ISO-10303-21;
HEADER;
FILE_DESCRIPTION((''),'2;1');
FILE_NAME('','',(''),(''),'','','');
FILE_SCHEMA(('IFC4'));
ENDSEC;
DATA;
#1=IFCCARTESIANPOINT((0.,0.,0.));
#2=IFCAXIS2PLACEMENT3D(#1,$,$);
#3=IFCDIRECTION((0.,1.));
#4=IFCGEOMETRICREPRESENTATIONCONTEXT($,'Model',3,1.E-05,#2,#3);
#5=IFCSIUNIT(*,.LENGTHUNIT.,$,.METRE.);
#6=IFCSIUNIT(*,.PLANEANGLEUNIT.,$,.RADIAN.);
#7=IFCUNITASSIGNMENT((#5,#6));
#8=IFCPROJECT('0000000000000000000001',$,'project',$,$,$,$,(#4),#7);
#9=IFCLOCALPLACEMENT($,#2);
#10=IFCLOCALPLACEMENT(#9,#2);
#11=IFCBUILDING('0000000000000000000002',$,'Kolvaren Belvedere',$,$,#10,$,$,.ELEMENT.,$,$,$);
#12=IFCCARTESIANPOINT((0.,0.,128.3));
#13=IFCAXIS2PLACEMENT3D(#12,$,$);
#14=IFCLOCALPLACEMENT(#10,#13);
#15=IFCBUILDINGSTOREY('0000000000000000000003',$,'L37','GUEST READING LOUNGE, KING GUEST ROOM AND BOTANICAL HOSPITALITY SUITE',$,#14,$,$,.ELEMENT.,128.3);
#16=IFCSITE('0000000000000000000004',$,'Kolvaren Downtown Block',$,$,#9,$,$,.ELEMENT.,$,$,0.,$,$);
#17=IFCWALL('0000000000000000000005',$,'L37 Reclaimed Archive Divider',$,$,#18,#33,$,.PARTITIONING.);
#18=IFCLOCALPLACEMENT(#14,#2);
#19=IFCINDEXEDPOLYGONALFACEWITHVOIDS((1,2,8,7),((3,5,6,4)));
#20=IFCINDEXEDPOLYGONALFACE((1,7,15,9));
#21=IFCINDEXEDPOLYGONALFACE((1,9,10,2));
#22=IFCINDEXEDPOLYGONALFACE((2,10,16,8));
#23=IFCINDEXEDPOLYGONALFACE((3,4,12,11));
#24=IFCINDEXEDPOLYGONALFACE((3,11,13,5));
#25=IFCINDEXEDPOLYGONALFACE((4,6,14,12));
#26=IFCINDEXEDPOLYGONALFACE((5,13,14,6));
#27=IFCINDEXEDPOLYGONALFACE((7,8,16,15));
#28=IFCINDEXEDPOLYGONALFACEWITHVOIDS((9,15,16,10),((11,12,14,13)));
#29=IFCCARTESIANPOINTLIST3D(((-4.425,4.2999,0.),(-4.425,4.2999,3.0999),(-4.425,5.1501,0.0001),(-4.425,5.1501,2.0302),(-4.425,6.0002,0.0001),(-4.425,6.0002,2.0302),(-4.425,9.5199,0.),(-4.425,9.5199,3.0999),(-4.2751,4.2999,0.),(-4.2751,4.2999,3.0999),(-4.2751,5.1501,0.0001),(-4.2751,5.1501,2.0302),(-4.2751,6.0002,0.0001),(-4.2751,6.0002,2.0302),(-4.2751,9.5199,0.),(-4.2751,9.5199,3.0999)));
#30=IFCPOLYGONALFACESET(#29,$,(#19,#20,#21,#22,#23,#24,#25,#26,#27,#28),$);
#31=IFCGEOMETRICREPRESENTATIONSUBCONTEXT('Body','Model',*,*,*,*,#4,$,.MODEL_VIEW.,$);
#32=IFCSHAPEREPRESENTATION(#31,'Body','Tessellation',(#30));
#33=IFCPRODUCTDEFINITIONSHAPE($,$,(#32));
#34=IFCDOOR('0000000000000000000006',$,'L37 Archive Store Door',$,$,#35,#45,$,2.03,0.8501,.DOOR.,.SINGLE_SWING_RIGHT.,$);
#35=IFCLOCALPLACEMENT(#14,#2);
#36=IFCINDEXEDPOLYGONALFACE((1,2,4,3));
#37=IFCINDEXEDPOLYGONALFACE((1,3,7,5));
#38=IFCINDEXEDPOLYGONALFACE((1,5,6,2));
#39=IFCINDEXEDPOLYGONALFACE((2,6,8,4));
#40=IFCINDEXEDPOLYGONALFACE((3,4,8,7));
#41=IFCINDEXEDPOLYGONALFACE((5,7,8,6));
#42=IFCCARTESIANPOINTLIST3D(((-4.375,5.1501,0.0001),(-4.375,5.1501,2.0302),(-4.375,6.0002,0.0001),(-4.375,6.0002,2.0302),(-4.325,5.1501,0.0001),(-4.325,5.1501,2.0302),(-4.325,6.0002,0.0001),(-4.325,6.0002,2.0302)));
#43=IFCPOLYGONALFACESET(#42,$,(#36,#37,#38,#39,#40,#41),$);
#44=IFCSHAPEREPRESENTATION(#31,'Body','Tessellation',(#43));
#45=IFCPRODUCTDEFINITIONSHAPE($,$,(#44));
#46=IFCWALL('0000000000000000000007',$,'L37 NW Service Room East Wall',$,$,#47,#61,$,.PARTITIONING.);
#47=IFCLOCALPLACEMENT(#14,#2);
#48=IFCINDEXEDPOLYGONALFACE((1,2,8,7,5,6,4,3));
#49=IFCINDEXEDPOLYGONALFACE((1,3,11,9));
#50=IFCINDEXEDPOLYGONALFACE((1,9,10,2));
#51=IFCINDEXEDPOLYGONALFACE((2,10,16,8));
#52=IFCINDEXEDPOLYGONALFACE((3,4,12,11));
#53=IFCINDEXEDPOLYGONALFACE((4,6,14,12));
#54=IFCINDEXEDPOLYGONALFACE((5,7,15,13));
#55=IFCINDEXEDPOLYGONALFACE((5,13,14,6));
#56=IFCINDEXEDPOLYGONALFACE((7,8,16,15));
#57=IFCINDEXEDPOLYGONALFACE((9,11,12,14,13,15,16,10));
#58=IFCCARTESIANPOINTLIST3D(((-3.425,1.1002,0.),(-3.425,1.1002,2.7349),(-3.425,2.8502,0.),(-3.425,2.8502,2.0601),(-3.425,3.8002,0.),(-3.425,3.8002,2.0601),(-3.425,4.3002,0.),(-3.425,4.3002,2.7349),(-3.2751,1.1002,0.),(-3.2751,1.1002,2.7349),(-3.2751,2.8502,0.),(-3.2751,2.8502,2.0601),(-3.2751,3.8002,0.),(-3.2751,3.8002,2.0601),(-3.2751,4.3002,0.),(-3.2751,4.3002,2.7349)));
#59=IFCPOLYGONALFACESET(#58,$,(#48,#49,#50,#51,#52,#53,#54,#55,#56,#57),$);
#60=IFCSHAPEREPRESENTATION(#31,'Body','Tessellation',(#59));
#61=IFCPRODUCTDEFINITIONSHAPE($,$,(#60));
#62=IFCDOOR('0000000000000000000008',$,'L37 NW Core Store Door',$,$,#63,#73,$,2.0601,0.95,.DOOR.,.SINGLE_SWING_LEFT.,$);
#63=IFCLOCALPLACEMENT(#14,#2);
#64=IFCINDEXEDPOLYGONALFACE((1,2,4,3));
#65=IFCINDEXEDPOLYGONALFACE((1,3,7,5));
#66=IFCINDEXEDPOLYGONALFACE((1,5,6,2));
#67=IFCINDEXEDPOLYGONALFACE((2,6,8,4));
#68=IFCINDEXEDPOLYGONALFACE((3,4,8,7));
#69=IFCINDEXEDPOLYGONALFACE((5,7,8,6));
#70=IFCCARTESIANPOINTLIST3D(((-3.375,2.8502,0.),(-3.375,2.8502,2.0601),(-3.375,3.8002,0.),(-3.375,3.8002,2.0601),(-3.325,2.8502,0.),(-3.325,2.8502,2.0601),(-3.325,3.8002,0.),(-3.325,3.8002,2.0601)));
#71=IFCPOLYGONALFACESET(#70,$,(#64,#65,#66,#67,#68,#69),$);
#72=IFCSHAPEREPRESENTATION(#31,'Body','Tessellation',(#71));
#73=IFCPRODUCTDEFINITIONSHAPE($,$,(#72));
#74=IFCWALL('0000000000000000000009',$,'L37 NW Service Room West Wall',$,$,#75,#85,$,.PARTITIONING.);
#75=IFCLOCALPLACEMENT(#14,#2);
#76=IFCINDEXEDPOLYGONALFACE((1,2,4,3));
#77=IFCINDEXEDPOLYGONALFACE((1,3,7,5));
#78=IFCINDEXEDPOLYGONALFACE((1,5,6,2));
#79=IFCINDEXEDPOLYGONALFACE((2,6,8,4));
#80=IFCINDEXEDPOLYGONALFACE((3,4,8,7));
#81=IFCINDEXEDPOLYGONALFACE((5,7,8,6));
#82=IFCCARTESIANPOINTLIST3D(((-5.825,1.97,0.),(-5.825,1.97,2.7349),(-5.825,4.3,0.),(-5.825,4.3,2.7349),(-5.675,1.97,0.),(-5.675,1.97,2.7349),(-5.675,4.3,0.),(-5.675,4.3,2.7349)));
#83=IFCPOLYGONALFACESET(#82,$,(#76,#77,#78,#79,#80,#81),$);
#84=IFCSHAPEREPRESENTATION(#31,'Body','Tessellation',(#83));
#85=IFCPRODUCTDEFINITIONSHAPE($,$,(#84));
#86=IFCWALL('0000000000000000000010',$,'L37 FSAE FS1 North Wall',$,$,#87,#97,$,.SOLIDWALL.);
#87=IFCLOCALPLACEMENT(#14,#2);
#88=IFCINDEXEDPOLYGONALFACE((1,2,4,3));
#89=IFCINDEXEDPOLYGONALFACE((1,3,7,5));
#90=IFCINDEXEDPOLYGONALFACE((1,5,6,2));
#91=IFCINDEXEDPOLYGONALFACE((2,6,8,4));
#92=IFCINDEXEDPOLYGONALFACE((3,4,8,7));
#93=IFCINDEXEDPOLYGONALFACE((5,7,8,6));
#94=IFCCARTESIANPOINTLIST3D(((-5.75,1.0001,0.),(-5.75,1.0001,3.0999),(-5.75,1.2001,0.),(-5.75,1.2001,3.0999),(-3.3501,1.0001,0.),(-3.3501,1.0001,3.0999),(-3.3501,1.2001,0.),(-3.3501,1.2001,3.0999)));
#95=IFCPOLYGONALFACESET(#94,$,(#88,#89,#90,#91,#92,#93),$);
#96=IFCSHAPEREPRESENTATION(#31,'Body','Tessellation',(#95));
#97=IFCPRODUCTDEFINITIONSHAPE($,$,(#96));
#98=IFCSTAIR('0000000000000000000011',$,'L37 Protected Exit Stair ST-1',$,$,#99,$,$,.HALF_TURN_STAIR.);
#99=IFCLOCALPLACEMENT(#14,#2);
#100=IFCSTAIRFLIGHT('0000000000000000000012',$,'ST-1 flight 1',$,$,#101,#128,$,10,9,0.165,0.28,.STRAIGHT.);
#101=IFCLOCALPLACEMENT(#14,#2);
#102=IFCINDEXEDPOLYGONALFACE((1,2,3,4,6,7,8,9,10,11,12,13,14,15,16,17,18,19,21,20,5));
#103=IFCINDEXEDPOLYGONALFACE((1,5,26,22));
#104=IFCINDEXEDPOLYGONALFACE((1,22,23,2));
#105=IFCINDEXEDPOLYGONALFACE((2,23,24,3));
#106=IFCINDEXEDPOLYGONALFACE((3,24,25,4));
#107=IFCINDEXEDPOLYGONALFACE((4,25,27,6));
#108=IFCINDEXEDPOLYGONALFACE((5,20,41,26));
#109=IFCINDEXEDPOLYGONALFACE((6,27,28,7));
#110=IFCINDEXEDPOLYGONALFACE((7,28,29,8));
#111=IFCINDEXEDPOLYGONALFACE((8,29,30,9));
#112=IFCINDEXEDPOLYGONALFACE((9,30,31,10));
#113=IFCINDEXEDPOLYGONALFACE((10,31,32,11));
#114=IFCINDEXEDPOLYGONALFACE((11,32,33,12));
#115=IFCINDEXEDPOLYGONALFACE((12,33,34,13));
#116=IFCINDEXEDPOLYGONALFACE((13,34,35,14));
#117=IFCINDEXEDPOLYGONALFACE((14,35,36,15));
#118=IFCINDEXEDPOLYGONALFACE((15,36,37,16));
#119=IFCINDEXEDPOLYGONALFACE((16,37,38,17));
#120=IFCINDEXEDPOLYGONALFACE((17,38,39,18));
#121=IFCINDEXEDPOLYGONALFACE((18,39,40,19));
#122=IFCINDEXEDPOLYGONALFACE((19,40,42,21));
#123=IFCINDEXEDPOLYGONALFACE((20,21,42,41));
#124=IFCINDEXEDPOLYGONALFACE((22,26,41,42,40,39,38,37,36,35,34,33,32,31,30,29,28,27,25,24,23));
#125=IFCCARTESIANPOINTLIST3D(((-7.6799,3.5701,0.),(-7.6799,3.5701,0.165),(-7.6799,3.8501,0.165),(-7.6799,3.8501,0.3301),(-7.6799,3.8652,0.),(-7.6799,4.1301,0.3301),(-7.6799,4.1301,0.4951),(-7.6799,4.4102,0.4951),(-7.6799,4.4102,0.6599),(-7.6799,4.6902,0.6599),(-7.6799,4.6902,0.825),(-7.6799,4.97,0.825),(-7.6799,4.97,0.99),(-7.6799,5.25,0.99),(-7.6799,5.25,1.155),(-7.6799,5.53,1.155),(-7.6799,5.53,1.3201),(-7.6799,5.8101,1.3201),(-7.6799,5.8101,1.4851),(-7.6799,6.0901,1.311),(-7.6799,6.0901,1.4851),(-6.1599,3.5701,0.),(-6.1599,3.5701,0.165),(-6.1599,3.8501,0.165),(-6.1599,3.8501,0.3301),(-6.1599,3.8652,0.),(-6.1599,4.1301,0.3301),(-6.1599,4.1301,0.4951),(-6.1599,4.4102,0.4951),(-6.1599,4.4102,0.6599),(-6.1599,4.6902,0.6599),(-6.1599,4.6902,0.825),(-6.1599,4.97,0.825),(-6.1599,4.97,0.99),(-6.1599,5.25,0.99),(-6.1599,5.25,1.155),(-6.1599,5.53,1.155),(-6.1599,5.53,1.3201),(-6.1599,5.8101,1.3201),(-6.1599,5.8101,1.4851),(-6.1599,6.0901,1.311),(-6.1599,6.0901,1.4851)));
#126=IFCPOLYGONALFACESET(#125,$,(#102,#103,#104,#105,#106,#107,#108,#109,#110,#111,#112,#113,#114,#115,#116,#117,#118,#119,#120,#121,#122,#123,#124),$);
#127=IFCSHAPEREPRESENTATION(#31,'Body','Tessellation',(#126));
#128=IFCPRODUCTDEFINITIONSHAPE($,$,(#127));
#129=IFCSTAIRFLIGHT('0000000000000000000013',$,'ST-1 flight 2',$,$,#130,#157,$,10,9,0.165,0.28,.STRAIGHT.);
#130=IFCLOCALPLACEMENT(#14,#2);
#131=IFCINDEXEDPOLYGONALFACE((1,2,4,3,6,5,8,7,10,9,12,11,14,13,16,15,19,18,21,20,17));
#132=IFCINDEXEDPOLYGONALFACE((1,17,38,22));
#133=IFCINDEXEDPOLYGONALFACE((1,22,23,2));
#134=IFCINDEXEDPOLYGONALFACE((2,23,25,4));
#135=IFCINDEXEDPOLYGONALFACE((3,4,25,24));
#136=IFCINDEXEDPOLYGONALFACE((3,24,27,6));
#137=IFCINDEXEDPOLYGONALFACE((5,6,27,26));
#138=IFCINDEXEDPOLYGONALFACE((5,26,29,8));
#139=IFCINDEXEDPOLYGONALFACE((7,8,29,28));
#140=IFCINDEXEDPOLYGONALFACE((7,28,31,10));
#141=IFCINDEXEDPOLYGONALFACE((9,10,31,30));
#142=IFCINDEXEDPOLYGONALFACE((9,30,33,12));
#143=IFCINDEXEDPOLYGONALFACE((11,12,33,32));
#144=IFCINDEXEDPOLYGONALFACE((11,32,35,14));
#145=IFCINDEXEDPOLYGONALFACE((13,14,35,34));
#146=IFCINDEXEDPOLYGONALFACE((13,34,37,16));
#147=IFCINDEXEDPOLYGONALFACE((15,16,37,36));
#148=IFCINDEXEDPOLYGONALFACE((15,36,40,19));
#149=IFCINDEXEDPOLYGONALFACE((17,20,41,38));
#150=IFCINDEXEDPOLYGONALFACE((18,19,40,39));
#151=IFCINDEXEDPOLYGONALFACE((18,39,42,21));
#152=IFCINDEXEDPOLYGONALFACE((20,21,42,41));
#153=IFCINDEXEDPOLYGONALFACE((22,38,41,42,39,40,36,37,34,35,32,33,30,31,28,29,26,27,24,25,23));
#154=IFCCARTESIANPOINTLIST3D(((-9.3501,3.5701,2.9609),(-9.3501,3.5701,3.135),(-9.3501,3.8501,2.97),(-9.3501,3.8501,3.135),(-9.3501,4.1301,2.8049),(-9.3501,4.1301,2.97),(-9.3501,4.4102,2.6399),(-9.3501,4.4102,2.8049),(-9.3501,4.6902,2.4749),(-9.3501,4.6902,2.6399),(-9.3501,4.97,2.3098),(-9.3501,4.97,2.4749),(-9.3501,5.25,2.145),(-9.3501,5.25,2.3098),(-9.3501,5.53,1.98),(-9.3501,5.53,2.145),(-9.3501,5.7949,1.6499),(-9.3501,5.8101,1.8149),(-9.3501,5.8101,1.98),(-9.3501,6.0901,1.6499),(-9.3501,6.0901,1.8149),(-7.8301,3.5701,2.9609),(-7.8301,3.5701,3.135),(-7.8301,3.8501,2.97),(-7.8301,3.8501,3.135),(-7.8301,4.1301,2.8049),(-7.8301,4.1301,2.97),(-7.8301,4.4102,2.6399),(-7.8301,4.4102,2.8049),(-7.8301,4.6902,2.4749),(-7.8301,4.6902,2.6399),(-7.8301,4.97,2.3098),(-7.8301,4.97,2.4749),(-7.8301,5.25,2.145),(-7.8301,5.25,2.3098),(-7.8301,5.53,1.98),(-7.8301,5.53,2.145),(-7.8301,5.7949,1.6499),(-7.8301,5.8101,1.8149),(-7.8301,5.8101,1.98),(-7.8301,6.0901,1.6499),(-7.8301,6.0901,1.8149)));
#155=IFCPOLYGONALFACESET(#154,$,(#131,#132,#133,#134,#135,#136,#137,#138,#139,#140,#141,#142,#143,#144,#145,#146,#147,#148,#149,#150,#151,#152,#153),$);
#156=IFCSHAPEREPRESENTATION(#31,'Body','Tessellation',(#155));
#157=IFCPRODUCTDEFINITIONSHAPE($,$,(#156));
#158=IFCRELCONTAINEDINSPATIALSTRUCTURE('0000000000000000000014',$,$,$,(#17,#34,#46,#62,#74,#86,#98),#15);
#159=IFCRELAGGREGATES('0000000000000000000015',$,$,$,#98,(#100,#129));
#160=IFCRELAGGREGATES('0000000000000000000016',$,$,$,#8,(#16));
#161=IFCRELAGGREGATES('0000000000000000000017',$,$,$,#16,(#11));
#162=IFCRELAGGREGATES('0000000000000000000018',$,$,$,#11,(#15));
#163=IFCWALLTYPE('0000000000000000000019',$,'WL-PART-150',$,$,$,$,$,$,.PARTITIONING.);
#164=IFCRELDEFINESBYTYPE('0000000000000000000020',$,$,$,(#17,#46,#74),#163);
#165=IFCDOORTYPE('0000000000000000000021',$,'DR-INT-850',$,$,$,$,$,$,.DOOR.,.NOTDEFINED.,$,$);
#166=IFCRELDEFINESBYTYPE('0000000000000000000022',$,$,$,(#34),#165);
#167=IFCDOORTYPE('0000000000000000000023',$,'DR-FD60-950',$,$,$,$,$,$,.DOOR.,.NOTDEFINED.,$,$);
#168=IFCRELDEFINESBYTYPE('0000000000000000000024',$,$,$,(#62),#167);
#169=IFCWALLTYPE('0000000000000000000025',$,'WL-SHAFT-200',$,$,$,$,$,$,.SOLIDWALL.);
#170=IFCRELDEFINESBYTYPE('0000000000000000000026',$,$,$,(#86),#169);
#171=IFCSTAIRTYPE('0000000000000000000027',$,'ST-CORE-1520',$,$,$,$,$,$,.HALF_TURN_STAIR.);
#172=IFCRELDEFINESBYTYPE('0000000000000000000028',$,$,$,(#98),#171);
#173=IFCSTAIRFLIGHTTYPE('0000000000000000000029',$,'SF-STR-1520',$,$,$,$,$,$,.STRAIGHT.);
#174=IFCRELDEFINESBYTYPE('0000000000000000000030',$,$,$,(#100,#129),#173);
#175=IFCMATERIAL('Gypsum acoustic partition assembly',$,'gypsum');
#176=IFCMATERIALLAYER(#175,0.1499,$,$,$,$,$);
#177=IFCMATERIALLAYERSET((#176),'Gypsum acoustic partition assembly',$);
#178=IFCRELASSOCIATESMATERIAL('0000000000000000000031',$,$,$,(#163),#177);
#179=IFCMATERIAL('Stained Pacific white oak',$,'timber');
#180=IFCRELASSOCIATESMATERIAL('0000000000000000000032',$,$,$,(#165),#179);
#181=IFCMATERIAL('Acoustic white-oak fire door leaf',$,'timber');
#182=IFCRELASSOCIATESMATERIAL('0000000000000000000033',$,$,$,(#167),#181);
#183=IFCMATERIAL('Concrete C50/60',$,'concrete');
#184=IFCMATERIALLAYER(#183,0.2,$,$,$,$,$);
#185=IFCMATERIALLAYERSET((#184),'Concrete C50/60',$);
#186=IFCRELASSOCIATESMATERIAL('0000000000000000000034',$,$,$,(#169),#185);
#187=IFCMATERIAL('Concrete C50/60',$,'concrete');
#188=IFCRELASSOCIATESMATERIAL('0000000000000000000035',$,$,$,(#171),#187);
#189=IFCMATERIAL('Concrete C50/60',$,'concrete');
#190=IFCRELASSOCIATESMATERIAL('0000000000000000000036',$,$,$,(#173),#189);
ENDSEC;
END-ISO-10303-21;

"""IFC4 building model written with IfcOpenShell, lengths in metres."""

from ifc_helpers import new_model, si_unit, direction, frame, frame_2d, origin, place, context, subcontext, project, spatial, polyline, rectangle, outline, extrude, material, layer, layer_set, type_object, element, fill, aggregate, save


model = new_model("IFC4")

# Units and contexts
model_context = context("Model", 3, precision=1e-05, world=origin(), true_north=direction((0.0, 1.0)))
body_context = subcontext(model_context, "Body", "Model", "MODEL_VIEW")
ifc_project = project(units=[si_unit("LENGTHUNIT", "METRE"), si_unit("PLANEANGLEUNIT", "RADIAN")], contexts=[model_context])

# Site, building, storey
site_placement = place(None, origin())
site = spatial("IfcSite", under=ifc_project, at=site_placement, Name="Kolvaren Downtown Block", CompositionType="ELEMENT", RefElevation=0.0)
building_placement = place(site_placement, origin())
building = spatial("IfcBuilding", under=site, at=building_placement, Name="Kolvaren Belvedere", CompositionType="ELEMENT")
storey_placement = place(building_placement, frame((0.0, 0.0, 128.3)))
storey = spatial("IfcBuildingStorey", under=building, at=storey_placement, Name="L37", Description="GUEST READING LOUNGE, KING GUEST ROOM AND BOTANICAL HOSPITALITY SUITE", CompositionType="ELEMENT", Elevation=128.3)

# Shared definitions
ifc_material_1 = material(Name="Gypsum acoustic partition assembly", Category="gypsum")
ifc_layer_1 = layer(ifc_material_1, 0.1499)
ifc_layer_set_1 = layer_set([ifc_layer_1], Name="Gypsum acoustic partition assembly")
wall_type_1 = type_object("IfcWallType", Name="WL-PART-150", PredefinedType="PARTITIONING", material=ifc_layer_set_1)

# Walls, openings, doors
wall_1_placement = place(storey_placement, frame((-4.3501, 4.3, 0.0), z_axis=(0.0, 0.0, 1.0), x_axis=(0.0, 1.0, 0.0)))
wall_1 = element("IfcWall", 1, at=wall_1_placement, inside=storey, type_object=wall_type_1, Name="L37 Reclaimed Archive Divider", PredefinedType="PARTITIONING", context=body_context, shape_type="SweptSolid", body=[
    extrude(rectangle(XDim=5.22, YDim=0.1499, at=frame_2d((2.6099, 0.0))), origin(), (0.0, 0.0, 1.0), 3.0999),
])
opening_1_placement = place(wall_1_placement, frame((0.8501, 0.0, 0.0)))
opening_1 = element("IfcOpeningElement", 2, at=opening_1_placement, cuts=wall_1, PredefinedType="OPENING", context=body_context, shape_type="SweptSolid", body=[
    extrude(rectangle(XDim=0.8501, YDim=2.03, at=frame_2d((0.425, 1.0151))), frame((0.0, 0.085, 0.0), z_axis=(0.0, -1.0, 0.0), x_axis=(1.0, 0.0, 0.0)), (0.0, 0.0, 1.0), 0.1699),
])
ifc_material_2 = material(Name="Stained Pacific white oak", Category="timber")
door_type_1 = type_object("IfcDoorType", Name="DR-INT-850", OperationType="NOTDEFINED", PredefinedType="DOOR", material=ifc_material_2)
door_1_placement = place(opening_1_placement, origin())
door_1 = element("IfcDoor", 3, at=door_1_placement, inside=storey, type_object=door_type_1, Name="L37 Archive Store Door", OperationType="SINGLE_SWING_RIGHT", OverallHeight=2.03, OverallWidth=0.8501, PredefinedType="DOOR", context=body_context, shape_type="SweptSolid", body=[
    extrude(rectangle(XDim=0.8501, YDim=2.03, at=frame_2d((0.425, 1.0151))), frame((0.0, 0.0249, 0.0), z_axis=(0.0, -1.0, 0.0), x_axis=(1.0, 0.0, 0.0)), (0.0, 0.0, 1.0), 0.05),
])
fill(opening_1, door_1)
wall_2_placement = place(storey_placement, frame((-3.3501, 1.1001, 0.0), z_axis=(0.0, 0.0, 1.0), x_axis=(0.0, 1.0, 0.0)))
wall_2 = element("IfcWall", 4, at=wall_2_placement, inside=storey, type_object=wall_type_1, Name="L37 NW Service Room East Wall", PredefinedType="PARTITIONING", context=body_context, shape_type="SweptSolid", body=[
    extrude(rectangle(XDim=3.2, YDim=0.1499, at=frame_2d((1.6001, 0.0))), origin(), (0.0, 0.0, 1.0), 2.7349),
])
opening_2_placement = place(wall_2_placement, frame((1.75, 0.0, 0.0)))
opening_2 = element("IfcOpeningElement", 5, at=opening_2_placement, cuts=wall_2, PredefinedType="OPENING", context=body_context, shape_type="SweptSolid", body=[
    extrude(rectangle(XDim=0.95, YDim=2.0601, at=frame_2d((0.4751, 1.03))), frame((0.0, 0.085, 0.0), z_axis=(0.0, -1.0, 0.0), x_axis=(1.0, 0.0, 0.0)), (0.0, 0.0, 1.0), 0.1699),
])
ifc_material_3 = material(Name="Acoustic white-oak fire door leaf", Category="timber")
door_type_2 = type_object("IfcDoorType", Name="DR-FD60-950", OperationType="NOTDEFINED", PredefinedType="DOOR", material=ifc_material_3)
door_2_placement = place(opening_2_placement, origin())
door_2 = element("IfcDoor", 6, at=door_2_placement, inside=storey, type_object=door_type_2, Name="L37 NW Core Store Door", OperationType="SINGLE_SWING_LEFT", OverallHeight=2.0601, OverallWidth=0.95, PredefinedType="DOOR", context=body_context, shape_type="SweptSolid", body=[
    extrude(rectangle(XDim=0.95, YDim=2.0601, at=frame_2d((0.4751, 1.03))), frame((0.0, 0.0249, 0.0), z_axis=(0.0, -1.0, 0.0), x_axis=(1.0, 0.0, 0.0)), (0.0, 0.0, 1.0), 0.05),
])
fill(opening_2, door_2)

# Walls
wall_3_placement = place(storey_placement, frame((-5.75, 1.97, 0.0), z_axis=(0.0, 0.0, 1.0), x_axis=(0.0, 1.0, 0.0)))
element("IfcWall", 7, at=wall_3_placement, inside=storey, type_object=wall_type_1, Name="L37 NW Service Room West Wall", PredefinedType="PARTITIONING", context=body_context, shape_type="SweptSolid", body=[
    extrude(rectangle(XDim=2.3301, YDim=0.1499, at=frame_2d((1.165, 0.0))), origin(), (0.0, 0.0, 1.0), 2.7349),
])
ifc_material_4 = material(Name="Concrete C50/60", Category="concrete")
ifc_layer_2 = layer(ifc_material_4, 0.2)
ifc_layer_set_2 = layer_set([ifc_layer_2], Name="Concrete C50/60")
wall_type_2 = type_object("IfcWallType", Name="WL-SHAFT-200", PredefinedType="SOLIDWALL", material=ifc_layer_set_2)
wall_4_placement = place(storey_placement, frame((-5.75, 1.1001, 0.0), z_axis=(0.0, 0.0, 1.0), x_axis=(1.0, 0.0, 0.0)))
element("IfcWall", 8, at=wall_4_placement, inside=storey, type_object=wall_type_2, Name="L37 FSAE FS1 North Wall", PredefinedType="SOLIDWALL", context=body_context, shape_type="SweptSolid", body=[
    extrude(rectangle(XDim=2.3999, YDim=0.2, at=frame_2d((1.2, 0.0))), origin(), (0.0, 0.0, 1.0), 3.0999),
])

# Stair, stair flights
ifc_material_5 = material(Name="Concrete C50/60", Category="concrete")
stair_type = type_object("IfcStairType", Name="ST-CORE-1520", PredefinedType="HALF_TURN_STAIR", material=ifc_material_5)
stair_placement = place(storey_placement, origin())
stair = element("IfcStair", 9, at=stair_placement, inside=storey, type_object=stair_type, Name="L37 Protected Exit Stair ST-1", PredefinedType="HALF_TURN_STAIR")
ifc_material_6 = material(Name="Concrete C50/60", Category="concrete")
stair_flight_type = type_object("IfcStairFlightType", Name="SF-STR-1520", PredefinedType="STRAIGHT", material=ifc_material_6)
stair_flight_1_placement = place(storey_placement, frame((-6.9199, 3.5701, 0.0), z_axis=(0.0, 0.0, 1.0), x_axis=(0.0, 1.0, 0.0)))
stair_flight_1 = element("IfcStairFlight", 10, at=stair_flight_1_placement, type_object=stair_flight_type, Name="ST-1 flight 1", NumberOfRisers=10, NumberOfTreads=9, PredefinedType="STRAIGHT", RiserHeight=0.165, TreadLength=0.28, context=body_context, shape_type="SweptSolid", body=[
    extrude(outline(polyline([(0.0, 0.0), (0.0, 0.165), (0.28, 0.165), (0.28, 0.3301), (0.5601, 0.3301), (0.5601, 0.4951), (0.8401, 0.4951), (0.8401, 0.6599), (1.1201, 0.6599), (1.1201, 0.825), (1.3999, 0.825), (1.3999, 0.99), (1.6799, 0.99), (1.6799, 1.155), (1.96, 1.155), (1.96, 1.3201), (2.24, 1.3201), (2.24, 1.4851), (2.52, 1.4851), (2.52, 1.6499), (2.52, 1.311), (0.2952, 0.0), (0.0, 0.0)])), frame((0.0, 0.76, 0.0), z_axis=(0.0, -1.0, 0.0), x_axis=(1.0, 0.0, 0.0)), (0.0, 0.0, 1.0), 1.52),
])
stair_flight_2_placement = place(storey_placement, frame((-8.5901, 6.0901, 1.6499), z_axis=(0.0, 0.0, 1.0), x_axis=(0.0, -1.0, 0.0)))
stair_flight_2 = element("IfcStairFlight", 11, at=stair_flight_2_placement, type_object=stair_flight_type, Name="ST-1 flight 2", NumberOfRisers=10, NumberOfTreads=9, PredefinedType="STRAIGHT", RiserHeight=0.165, TreadLength=0.28, context=body_context, shape_type="SweptSolid", body=[
    extrude(outline(polyline([(0.0, 0.0), (0.0, 0.165), (0.28, 0.165), (0.28, 0.3301), (0.5601, 0.3301), (0.5601, 0.4951), (0.8401, 0.4951), (0.8401, 0.6599), (1.1201, 0.6599), (1.1201, 0.825), (1.3999, 0.825), (1.3999, 0.99), (1.6799, 0.99), (1.6799, 1.155), (1.96, 1.155), (1.96, 1.3201), (2.24, 1.3201), (2.24, 1.4851), (2.52, 1.4851), (2.52, 1.6499), (2.52, 1.311), (0.2952, 0.0), (0.0, 0.0)])), frame((0.0, 0.76, 0.0), z_axis=(0.0, -1.0, 0.0), x_axis=(1.0, 0.0, 0.0)), (0.0, 0.0, 1.0), 1.52),
])
aggregate(stair, [stair_flight_1, stair_flight_2])

save(model, "model.ifc")
